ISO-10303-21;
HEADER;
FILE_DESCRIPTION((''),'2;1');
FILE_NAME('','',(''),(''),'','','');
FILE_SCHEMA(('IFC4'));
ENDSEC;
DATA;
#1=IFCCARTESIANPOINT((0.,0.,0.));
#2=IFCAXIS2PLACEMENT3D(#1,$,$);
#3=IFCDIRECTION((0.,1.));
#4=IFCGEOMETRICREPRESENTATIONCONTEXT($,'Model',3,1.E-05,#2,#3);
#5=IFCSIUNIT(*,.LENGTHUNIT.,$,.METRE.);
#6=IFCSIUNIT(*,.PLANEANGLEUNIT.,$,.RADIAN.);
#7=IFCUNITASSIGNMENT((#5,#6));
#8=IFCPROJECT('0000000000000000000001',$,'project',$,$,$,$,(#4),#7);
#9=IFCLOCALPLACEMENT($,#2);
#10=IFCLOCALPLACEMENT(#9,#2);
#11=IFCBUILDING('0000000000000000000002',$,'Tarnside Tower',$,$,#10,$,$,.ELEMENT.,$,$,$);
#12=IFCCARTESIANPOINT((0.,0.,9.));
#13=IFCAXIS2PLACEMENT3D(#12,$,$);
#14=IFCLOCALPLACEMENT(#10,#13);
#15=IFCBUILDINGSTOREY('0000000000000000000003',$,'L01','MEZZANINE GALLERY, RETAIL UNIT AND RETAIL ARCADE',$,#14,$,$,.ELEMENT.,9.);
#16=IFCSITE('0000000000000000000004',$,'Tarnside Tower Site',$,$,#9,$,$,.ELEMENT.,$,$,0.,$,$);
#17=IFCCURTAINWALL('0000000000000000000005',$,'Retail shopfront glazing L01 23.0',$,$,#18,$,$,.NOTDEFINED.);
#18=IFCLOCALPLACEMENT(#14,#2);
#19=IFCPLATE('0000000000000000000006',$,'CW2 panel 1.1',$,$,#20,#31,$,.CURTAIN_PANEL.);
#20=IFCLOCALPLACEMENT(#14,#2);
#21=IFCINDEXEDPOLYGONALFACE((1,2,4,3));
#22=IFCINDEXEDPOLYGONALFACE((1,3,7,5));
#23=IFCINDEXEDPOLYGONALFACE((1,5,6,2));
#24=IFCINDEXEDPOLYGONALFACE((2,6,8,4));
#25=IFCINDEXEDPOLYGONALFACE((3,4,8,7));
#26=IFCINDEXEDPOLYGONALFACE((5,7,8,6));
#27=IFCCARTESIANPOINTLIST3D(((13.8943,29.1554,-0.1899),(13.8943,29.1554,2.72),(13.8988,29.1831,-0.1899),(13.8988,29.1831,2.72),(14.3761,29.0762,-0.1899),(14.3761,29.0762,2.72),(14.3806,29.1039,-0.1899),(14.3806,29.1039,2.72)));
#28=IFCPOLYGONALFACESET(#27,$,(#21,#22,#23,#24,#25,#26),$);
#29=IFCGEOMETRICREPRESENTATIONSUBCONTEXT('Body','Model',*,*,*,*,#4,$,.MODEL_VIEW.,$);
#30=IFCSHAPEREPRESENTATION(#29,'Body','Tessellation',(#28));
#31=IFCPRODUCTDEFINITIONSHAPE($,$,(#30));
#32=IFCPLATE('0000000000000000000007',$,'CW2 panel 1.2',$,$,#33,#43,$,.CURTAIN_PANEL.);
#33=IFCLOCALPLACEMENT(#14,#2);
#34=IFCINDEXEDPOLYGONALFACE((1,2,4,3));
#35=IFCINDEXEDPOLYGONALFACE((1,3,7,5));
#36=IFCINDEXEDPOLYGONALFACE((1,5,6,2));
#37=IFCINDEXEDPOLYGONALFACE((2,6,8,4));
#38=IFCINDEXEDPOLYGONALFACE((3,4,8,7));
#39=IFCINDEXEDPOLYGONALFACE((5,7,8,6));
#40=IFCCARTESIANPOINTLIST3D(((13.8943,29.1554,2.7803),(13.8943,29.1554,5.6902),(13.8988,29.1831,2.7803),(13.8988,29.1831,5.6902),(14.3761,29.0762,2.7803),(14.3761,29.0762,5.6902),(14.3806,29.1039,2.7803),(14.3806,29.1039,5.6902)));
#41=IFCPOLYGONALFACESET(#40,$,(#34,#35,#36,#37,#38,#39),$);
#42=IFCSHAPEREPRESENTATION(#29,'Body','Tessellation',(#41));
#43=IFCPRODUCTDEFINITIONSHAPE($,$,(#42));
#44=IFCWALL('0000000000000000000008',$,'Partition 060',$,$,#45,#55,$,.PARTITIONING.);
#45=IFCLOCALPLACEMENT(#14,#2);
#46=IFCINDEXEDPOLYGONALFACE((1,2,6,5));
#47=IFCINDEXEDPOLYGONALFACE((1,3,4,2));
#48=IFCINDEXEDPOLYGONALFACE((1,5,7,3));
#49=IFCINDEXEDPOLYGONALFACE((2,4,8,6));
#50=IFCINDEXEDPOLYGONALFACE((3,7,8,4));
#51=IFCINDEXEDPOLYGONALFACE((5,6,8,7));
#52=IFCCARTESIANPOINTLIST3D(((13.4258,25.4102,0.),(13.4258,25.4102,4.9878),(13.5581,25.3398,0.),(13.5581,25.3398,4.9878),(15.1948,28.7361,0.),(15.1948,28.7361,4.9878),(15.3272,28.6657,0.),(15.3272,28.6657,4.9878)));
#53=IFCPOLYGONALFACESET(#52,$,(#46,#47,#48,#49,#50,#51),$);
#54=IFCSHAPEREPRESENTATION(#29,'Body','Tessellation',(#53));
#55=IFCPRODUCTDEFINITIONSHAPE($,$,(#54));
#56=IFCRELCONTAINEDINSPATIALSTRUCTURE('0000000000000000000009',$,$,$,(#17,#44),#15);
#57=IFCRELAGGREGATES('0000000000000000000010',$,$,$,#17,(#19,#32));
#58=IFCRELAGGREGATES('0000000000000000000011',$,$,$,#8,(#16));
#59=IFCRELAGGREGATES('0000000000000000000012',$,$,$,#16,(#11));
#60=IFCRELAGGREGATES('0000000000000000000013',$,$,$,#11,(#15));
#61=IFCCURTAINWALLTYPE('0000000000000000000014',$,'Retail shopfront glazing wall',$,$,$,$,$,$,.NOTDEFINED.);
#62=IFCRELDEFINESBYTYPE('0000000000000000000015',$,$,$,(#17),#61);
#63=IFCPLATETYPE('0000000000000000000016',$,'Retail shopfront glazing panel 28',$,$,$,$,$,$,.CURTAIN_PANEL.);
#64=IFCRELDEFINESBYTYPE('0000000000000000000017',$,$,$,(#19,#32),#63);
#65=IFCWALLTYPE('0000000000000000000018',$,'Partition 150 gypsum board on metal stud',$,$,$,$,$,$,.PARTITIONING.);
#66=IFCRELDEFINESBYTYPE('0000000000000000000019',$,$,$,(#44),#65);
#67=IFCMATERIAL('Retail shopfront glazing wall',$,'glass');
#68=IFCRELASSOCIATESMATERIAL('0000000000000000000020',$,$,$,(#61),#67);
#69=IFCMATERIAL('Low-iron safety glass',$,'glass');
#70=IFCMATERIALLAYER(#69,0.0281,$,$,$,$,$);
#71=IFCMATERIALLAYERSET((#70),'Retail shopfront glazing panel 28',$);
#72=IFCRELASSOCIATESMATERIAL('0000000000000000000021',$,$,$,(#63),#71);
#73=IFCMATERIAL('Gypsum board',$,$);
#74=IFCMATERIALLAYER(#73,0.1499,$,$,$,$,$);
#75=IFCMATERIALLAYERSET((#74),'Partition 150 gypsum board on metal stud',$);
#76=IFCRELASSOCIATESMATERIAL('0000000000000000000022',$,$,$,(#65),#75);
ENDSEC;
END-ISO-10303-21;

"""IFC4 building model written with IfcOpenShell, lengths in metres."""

from ifc_helpers import new_model, si_unit, direction, frame, frame_2d, origin, origin_2d, place, context, subcontext, project, spatial, rectangle, extrude, material, layer, layer_set, type_object, element, aggregate, save


model = new_model("IFC4")

# Units and contexts
model_context = context("Model", 3, precision=1e-05, world=origin(), true_north=direction((0.0, 1.0)))
body_context = subcontext(model_context, "Body", "Model", "MODEL_VIEW")
ifc_project = project(units=[si_unit("LENGTHUNIT", "METRE"), si_unit("PLANEANGLEUNIT", "RADIAN")], contexts=[model_context])

# Site, building, storey
site_placement = place(None, origin())
site = spatial("IfcSite", under=ifc_project, at=site_placement, Name="Tarnside Tower Site", CompositionType="ELEMENT", RefElevation=0.0)
building_placement = place(site_placement, origin())
building = spatial("IfcBuilding", under=site, at=building_placement, Name="Tarnside Tower", CompositionType="ELEMENT")
storey_placement = place(building_placement, frame((0.0, 0.0, 9.0)))
storey = spatial("IfcBuildingStorey", under=building, at=storey_placement, Name="L01", Description="MEZZANINE GALLERY, RETAIL UNIT AND RETAIL ARCADE", CompositionType="ELEMENT", Elevation=9.0)

# Shared definitions
ifc_material_1 = material(Name="Retail shopfront glazing wall", Category="glass")
curtain_wall_type = type_object("IfcCurtainWallType", Name="Retail shopfront glazing wall", PredefinedType="NOTDEFINED", material=ifc_material_1)

# Curtain wall
curtain_wall_1_placement = place(storey_placement, origin())
curtain_wall_1 = element("IfcCurtainWall", 1, at=curtain_wall_1_placement, inside=storey, type_object=curtain_wall_type, Name="Retail shopfront glazing L01 23.0", PredefinedType="NOTDEFINED")

# Plates
ifc_material_2 = material(Name="Low-iron safety glass", Category="glass")
ifc_layer_1 = layer(ifc_material_2, 0.0281)
ifc_layer_set_1 = layer_set([ifc_layer_1], Name="Retail shopfront glazing panel 28")
plate_type = type_object("IfcPlateType", Name="Retail shopfront glazing panel 28", PredefinedType="CURTAIN_PANEL", material=ifc_layer_set_1)
plate_1_placement = place(storey_placement, frame((14.1375, 29.1296, -0.1899), z_axis=(0.0, 0.0, 1.0), x_axis=(-0.986762, 0.162178, 0.0)))
plate_1 = element("IfcPlate", 2, at=plate_1_placement, type_object=plate_type, Name="CW2 panel 1.1", PredefinedType="CURTAIN_PANEL", context=body_context, shape_type="SweptSolid", body=[
    extrude(rectangle(XDim=0.4883, YDim=0.0281, at=origin_2d()), origin(), (0.0, 0.0, 1.0), 2.9099),
])
plate_2_placement = place(storey_placement, frame((14.1375, 29.1296, 2.7803), z_axis=(0.0, 0.0, 1.0), x_axis=(-0.986762, 0.162178, 0.0)))
plate_2 = element("IfcPlate", 3, at=plate_2_placement, type_object=plate_type, Name="CW2 panel 1.2", PredefinedType="CURTAIN_PANEL", context=body_context, shape_type="SweptSolid", body=[
    extrude(rectangle(XDim=0.4883, YDim=0.0281, at=origin_2d()), origin(), (0.0, 0.0, 1.0), 2.9099),
])
aggregate(curtain_wall_1, [plate_1, plate_2])

# Wall
ifc_material_3 = material(Name="Gypsum board")
ifc_layer_2 = layer(ifc_material_3, 0.1499)
ifc_layer_set_2 = layer_set([ifc_layer_2], Name="Partition 150 gypsum board on metal stud")
wall_type = type_object("IfcWallType", Name="Partition 150 gypsum board on metal stud", PredefinedType="PARTITIONING", material=ifc_layer_set_2)
wall_placement = place(storey_placement, frame((15.261, 28.7009, 0.0), z_axis=(0.0, 0.0, 1.0), x_axis=(-0.469599, -0.88288, 0.0)))
element("IfcWall", 4, at=wall_placement, inside=storey, type_object=wall_type, Name="Partition 060", PredefinedType="PARTITIONING", context=body_context, shape_type="SweptSolid", body=[
    extrude(rectangle(XDim=3.7671, YDim=0.1499, at=frame_2d((1.8835, 0.0))), origin(), (0.0, 0.0, 1.0), 4.9878),
])

save(model, "model.ifc")
